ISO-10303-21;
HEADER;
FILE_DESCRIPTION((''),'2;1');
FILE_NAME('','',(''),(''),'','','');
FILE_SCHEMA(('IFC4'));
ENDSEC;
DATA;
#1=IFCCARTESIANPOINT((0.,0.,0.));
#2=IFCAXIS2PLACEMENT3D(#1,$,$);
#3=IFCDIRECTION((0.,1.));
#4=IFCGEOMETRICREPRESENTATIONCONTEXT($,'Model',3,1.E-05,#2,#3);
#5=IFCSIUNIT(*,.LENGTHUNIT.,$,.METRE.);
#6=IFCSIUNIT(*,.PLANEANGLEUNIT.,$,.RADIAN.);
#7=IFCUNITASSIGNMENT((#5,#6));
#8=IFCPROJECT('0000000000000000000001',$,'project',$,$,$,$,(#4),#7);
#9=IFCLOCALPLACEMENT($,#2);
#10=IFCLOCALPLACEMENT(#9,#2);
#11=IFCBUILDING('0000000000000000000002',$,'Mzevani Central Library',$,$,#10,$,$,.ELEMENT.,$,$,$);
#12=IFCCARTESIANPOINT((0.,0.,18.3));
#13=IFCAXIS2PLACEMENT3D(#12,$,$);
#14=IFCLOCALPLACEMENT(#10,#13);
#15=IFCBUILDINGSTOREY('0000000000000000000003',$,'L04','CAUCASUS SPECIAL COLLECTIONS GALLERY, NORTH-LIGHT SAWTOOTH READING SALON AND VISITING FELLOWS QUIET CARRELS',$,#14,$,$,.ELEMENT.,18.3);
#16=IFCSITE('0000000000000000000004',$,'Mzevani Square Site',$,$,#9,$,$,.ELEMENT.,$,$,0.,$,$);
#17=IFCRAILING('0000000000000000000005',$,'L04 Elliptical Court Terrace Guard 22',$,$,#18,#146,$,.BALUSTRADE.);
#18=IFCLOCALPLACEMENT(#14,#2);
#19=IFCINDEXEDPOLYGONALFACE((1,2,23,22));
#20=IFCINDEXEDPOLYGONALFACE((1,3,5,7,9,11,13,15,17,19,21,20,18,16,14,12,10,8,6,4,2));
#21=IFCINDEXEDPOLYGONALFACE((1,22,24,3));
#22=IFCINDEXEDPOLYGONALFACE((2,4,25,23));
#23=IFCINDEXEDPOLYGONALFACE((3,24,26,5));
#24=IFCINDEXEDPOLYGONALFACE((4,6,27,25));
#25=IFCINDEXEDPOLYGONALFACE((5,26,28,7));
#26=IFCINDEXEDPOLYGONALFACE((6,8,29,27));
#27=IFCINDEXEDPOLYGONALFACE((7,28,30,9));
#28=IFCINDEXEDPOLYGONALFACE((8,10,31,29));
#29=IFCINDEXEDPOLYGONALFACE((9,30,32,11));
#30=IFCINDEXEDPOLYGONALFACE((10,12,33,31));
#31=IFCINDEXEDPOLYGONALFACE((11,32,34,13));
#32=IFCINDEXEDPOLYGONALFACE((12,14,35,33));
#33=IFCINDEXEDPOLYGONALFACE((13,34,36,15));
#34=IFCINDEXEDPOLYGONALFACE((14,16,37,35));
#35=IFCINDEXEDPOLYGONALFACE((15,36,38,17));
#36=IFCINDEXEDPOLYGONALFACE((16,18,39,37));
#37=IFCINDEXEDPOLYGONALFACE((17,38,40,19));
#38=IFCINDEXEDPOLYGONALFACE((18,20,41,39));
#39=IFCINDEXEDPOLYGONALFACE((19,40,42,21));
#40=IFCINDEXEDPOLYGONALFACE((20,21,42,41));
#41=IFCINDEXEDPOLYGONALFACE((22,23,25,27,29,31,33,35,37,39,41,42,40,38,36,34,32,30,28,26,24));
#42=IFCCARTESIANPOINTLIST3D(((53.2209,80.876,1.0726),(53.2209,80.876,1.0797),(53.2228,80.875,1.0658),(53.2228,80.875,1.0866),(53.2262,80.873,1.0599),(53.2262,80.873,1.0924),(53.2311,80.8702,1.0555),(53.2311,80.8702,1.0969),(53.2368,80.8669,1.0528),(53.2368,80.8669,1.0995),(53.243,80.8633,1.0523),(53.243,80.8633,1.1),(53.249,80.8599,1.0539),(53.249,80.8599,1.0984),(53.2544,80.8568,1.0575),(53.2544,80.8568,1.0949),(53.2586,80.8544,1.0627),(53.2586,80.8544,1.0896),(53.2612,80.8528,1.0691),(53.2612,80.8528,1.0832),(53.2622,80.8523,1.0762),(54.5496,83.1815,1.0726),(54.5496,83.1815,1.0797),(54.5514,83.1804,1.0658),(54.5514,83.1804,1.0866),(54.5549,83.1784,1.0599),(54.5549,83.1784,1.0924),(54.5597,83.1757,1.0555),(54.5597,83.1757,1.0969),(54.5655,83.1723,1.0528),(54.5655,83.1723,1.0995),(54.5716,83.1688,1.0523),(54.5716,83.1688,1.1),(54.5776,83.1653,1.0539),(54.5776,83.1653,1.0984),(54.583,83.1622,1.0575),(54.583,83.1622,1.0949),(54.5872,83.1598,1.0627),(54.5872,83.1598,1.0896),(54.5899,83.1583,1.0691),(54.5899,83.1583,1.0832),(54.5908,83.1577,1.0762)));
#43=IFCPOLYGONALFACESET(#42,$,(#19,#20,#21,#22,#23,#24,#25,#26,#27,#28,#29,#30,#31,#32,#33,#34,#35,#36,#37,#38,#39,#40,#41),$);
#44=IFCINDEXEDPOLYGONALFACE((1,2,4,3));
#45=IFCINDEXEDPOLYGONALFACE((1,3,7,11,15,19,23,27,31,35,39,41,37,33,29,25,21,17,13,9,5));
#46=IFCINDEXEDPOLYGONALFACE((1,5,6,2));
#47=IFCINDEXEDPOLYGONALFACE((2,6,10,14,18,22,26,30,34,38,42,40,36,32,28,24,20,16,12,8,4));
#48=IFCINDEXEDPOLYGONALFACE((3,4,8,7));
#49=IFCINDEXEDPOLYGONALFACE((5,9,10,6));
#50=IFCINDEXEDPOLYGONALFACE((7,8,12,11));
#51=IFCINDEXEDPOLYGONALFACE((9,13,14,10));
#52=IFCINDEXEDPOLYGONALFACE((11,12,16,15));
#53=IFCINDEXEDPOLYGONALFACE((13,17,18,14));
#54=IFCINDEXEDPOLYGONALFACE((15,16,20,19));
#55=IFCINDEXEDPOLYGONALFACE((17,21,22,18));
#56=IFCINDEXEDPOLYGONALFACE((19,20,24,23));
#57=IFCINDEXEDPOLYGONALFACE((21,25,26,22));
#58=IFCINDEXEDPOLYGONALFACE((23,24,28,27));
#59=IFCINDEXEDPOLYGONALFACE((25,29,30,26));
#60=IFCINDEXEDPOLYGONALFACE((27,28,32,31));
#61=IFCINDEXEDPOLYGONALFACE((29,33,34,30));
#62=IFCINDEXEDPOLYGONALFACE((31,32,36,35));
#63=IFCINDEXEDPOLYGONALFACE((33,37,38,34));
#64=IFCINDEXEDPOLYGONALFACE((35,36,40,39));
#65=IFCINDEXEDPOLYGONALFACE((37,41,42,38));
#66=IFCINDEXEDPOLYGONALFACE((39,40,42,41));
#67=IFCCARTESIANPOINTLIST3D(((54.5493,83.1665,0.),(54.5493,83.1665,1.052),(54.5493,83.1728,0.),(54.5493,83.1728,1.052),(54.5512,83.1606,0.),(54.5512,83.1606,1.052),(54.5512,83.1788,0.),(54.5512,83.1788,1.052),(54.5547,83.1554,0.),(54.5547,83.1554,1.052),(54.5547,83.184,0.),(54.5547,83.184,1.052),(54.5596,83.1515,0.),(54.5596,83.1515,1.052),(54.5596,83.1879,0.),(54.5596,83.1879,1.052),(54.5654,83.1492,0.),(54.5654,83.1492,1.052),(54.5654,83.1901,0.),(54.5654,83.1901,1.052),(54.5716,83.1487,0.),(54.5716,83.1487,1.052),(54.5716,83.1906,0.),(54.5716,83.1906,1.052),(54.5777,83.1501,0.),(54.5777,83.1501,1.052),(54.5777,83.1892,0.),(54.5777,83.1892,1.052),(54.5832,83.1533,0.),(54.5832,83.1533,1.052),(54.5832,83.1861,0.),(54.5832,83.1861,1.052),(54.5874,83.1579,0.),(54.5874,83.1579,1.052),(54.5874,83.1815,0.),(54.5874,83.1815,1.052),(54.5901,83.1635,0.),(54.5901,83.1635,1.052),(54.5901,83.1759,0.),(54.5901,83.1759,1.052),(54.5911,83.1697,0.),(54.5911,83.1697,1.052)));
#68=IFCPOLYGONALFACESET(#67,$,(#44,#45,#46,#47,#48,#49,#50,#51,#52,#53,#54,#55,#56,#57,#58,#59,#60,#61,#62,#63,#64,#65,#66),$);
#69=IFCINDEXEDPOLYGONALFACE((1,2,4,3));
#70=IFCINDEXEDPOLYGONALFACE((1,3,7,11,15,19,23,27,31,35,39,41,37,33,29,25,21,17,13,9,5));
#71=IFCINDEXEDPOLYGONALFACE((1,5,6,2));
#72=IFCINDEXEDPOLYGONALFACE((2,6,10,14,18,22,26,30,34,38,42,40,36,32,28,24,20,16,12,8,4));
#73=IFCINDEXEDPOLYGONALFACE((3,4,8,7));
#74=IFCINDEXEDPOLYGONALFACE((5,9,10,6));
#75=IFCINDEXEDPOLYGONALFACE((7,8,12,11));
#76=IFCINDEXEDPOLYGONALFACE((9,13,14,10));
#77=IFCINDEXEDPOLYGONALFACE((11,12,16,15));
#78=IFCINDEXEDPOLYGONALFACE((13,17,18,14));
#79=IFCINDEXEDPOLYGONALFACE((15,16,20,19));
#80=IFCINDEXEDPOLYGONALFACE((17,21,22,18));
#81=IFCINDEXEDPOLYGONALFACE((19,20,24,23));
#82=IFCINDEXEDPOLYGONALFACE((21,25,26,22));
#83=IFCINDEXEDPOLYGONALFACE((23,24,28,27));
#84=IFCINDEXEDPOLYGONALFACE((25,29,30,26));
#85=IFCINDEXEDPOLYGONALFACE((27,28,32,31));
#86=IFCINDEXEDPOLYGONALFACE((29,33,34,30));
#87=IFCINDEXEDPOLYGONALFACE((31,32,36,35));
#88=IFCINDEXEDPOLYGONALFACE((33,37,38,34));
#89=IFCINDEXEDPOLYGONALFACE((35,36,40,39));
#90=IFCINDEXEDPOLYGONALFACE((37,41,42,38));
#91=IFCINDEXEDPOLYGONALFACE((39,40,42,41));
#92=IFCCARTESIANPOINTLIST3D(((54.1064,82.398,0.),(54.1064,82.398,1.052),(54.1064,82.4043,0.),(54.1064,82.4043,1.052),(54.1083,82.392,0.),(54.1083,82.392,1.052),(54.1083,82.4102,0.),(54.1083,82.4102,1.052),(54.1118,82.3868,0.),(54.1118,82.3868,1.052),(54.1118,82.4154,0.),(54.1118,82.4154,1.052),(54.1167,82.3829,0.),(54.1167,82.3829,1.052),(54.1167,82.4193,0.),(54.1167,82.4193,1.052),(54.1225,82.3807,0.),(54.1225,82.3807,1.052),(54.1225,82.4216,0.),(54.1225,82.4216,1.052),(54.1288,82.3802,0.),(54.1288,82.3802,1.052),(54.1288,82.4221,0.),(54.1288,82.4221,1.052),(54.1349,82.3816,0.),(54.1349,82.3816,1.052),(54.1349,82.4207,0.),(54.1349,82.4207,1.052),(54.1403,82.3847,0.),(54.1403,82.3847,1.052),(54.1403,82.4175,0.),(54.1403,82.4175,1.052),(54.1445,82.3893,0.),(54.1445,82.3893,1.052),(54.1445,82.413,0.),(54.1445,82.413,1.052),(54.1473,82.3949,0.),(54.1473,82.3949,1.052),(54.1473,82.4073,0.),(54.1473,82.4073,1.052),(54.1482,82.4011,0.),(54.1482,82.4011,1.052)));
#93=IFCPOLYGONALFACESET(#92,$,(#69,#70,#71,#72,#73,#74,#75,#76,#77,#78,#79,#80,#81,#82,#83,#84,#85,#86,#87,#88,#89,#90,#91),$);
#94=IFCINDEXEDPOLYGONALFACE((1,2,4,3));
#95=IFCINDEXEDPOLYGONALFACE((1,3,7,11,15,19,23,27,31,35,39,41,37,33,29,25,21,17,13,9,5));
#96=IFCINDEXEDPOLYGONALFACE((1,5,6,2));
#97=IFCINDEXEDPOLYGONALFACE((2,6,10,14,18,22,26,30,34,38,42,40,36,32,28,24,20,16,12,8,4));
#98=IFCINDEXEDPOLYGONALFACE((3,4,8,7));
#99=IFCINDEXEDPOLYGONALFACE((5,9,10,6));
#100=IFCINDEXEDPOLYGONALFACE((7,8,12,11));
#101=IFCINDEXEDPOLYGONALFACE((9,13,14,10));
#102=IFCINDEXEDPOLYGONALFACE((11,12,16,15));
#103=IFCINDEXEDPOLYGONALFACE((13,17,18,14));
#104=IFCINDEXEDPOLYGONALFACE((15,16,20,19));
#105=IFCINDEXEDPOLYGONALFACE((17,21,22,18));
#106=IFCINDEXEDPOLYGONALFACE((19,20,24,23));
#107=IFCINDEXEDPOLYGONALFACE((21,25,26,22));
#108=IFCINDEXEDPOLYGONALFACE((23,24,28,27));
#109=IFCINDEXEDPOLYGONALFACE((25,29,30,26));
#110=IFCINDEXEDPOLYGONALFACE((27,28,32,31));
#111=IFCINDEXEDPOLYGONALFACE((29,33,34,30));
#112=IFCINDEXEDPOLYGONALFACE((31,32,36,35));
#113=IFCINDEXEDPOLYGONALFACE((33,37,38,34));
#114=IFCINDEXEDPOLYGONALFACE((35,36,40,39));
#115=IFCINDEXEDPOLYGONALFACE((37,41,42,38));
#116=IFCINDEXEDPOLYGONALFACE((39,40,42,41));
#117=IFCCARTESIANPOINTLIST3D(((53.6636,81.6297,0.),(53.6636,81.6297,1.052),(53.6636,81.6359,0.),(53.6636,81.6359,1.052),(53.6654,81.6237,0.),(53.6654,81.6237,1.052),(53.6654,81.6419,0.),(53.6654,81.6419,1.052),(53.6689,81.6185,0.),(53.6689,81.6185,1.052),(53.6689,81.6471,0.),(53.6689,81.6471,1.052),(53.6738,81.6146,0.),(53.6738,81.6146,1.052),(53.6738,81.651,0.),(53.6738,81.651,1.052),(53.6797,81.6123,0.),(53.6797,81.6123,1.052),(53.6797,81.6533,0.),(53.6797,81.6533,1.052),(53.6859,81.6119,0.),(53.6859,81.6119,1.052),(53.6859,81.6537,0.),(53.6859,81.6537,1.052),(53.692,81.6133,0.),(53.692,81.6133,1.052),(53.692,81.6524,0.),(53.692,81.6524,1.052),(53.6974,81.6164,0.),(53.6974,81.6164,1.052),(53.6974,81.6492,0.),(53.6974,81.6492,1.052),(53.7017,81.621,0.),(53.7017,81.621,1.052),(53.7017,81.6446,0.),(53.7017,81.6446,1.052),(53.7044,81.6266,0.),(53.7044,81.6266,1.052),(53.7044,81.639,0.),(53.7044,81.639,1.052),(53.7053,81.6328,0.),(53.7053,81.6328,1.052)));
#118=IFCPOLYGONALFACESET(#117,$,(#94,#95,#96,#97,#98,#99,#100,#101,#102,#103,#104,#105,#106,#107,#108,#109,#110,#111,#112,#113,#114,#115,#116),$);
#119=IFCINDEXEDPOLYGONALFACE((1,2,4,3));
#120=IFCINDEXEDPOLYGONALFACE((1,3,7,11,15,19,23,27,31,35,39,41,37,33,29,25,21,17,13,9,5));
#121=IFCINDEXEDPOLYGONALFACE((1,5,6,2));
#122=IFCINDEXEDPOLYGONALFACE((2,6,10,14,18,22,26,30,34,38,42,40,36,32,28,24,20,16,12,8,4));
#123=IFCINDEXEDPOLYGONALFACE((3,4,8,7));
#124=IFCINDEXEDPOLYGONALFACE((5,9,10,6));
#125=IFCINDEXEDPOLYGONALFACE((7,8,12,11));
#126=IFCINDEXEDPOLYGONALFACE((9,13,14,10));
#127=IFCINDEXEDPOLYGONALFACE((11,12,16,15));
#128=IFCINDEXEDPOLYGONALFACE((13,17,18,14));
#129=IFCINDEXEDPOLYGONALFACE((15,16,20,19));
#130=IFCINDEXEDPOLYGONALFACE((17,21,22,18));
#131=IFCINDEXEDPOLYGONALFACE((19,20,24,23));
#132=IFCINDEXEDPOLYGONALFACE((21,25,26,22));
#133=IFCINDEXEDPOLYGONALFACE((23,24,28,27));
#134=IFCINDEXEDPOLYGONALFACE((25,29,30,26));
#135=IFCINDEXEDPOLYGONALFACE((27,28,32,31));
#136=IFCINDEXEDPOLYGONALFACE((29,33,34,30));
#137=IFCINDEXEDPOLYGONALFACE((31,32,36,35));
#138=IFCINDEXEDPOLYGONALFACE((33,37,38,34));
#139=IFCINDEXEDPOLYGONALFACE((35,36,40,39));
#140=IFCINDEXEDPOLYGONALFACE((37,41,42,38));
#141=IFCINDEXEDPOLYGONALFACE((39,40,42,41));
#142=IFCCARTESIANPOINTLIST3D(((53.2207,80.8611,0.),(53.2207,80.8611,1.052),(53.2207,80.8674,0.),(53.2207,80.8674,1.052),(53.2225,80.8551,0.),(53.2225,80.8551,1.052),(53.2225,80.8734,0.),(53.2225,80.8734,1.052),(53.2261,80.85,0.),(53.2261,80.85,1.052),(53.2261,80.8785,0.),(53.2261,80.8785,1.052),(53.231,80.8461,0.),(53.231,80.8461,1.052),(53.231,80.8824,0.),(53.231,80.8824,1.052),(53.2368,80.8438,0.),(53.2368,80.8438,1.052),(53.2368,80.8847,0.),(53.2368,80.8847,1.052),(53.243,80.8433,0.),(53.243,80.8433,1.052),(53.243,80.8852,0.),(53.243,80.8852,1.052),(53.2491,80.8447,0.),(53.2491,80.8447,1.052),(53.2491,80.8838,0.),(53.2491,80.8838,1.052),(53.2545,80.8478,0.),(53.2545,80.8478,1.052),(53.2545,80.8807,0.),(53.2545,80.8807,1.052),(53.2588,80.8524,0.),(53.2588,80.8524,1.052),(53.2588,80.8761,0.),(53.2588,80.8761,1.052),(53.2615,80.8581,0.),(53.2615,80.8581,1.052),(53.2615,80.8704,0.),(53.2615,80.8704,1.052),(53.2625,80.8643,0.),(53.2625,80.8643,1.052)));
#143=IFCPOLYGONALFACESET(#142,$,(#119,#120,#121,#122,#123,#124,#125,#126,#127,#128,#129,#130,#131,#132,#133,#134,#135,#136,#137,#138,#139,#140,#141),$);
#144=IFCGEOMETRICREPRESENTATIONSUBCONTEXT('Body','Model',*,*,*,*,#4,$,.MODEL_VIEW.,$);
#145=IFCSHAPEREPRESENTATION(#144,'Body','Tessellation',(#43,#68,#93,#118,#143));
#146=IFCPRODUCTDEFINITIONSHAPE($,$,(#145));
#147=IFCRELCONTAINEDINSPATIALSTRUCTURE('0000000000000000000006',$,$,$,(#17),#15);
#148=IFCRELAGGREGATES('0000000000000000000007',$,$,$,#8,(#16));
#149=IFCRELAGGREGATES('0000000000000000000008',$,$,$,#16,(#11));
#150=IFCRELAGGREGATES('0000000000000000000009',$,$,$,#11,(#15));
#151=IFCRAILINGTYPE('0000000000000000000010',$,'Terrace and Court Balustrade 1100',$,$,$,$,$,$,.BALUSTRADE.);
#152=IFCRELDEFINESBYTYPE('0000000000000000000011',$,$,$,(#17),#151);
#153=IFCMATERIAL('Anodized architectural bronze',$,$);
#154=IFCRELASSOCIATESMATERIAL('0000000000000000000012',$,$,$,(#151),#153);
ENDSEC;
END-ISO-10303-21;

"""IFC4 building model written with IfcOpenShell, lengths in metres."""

from ifc_helpers import new_model, si_unit, direction, frame, origin, origin_2d, place, context, subcontext, project, spatial, circle, extrude, material, type_object, element, save


model = new_model("IFC4")

# Units and contexts
model_context = context("Model", 3, precision=1e-05, world=origin(), true_north=direction((0.0, 1.0)))
body_context = subcontext(model_context, "Body", "Model", "MODEL_VIEW")
ifc_project = project(units=[si_unit("LENGTHUNIT", "METRE"), si_unit("PLANEANGLEUNIT", "RADIAN")], contexts=[model_context])

# Site, building, storey
site_placement = place(None, origin())
site = spatial("IfcSite", under=ifc_project, at=site_placement, Name="Mzevani Square Site", CompositionType="ELEMENT", RefElevation=0.0)
building_placement = place(site_placement, origin())
building = spatial("IfcBuilding", under=site, at=building_placement, Name="Mzevani Central Library", CompositionType="ELEMENT")
storey_placement = place(building_placement, frame((0.0, 0.0, 18.3)))
storey = spatial("IfcBuildingStorey", under=building, at=storey_placement, Name="L04", Description="CAUCASUS SPECIAL COLLECTIONS GALLERY, NORTH-LIGHT SAWTOOTH READING SALON AND VISITING FELLOWS QUIET CARRELS", CompositionType="ELEMENT", Elevation=18.3)

# Railing
ifc_material_1 = material(Name="Anodized architectural bronze")
railing_type = type_object("IfcRailingType", Name="Terrace and Court Balustrade 1100", PredefinedType="BALUSTRADE", material=ifc_material_1)
railing_1_placement = place(storey_placement, frame((54.5701, 83.1697, 0.0)))
element("IfcRailing", 1, at=railing_1_placement, inside=storey, type_object=railing_type, Name="L04 Elliptical Court Terrace Guard 22", PredefinedType="BALUSTRADE", context=body_context, shape_type="SweptSolid", body=[
    extrude(circle(Radius=0.0239, at=origin_2d()), frame((0.0, 0.0, 1.0762), z_axis=(-0.499317, -0.866419, 0.0), x_axis=(0.866419, -0.499317, 0.0)), (0.0, 0.0, 1.0), 2.6609),
    extrude(circle(Radius=0.021, at=origin_2d()), origin(), (0.0, 0.0, 1.0), 1.052),
    extrude(circle(Radius=0.021, at=origin_2d()), frame((-0.4429, -0.7686, 0.0)), (0.0, 0.0, 1.0), 1.052),
    extrude(circle(Radius=0.021, at=origin_2d()), frame((-0.8857, -1.5369, 0.0)), (0.0, 0.0, 1.0), 1.052),
    extrude(circle(Radius=0.021, at=origin_2d()), frame((-1.3286, -2.3054, 0.0)), (0.0, 0.0, 1.0), 1.052),
])

save(model, "model.ifc")
